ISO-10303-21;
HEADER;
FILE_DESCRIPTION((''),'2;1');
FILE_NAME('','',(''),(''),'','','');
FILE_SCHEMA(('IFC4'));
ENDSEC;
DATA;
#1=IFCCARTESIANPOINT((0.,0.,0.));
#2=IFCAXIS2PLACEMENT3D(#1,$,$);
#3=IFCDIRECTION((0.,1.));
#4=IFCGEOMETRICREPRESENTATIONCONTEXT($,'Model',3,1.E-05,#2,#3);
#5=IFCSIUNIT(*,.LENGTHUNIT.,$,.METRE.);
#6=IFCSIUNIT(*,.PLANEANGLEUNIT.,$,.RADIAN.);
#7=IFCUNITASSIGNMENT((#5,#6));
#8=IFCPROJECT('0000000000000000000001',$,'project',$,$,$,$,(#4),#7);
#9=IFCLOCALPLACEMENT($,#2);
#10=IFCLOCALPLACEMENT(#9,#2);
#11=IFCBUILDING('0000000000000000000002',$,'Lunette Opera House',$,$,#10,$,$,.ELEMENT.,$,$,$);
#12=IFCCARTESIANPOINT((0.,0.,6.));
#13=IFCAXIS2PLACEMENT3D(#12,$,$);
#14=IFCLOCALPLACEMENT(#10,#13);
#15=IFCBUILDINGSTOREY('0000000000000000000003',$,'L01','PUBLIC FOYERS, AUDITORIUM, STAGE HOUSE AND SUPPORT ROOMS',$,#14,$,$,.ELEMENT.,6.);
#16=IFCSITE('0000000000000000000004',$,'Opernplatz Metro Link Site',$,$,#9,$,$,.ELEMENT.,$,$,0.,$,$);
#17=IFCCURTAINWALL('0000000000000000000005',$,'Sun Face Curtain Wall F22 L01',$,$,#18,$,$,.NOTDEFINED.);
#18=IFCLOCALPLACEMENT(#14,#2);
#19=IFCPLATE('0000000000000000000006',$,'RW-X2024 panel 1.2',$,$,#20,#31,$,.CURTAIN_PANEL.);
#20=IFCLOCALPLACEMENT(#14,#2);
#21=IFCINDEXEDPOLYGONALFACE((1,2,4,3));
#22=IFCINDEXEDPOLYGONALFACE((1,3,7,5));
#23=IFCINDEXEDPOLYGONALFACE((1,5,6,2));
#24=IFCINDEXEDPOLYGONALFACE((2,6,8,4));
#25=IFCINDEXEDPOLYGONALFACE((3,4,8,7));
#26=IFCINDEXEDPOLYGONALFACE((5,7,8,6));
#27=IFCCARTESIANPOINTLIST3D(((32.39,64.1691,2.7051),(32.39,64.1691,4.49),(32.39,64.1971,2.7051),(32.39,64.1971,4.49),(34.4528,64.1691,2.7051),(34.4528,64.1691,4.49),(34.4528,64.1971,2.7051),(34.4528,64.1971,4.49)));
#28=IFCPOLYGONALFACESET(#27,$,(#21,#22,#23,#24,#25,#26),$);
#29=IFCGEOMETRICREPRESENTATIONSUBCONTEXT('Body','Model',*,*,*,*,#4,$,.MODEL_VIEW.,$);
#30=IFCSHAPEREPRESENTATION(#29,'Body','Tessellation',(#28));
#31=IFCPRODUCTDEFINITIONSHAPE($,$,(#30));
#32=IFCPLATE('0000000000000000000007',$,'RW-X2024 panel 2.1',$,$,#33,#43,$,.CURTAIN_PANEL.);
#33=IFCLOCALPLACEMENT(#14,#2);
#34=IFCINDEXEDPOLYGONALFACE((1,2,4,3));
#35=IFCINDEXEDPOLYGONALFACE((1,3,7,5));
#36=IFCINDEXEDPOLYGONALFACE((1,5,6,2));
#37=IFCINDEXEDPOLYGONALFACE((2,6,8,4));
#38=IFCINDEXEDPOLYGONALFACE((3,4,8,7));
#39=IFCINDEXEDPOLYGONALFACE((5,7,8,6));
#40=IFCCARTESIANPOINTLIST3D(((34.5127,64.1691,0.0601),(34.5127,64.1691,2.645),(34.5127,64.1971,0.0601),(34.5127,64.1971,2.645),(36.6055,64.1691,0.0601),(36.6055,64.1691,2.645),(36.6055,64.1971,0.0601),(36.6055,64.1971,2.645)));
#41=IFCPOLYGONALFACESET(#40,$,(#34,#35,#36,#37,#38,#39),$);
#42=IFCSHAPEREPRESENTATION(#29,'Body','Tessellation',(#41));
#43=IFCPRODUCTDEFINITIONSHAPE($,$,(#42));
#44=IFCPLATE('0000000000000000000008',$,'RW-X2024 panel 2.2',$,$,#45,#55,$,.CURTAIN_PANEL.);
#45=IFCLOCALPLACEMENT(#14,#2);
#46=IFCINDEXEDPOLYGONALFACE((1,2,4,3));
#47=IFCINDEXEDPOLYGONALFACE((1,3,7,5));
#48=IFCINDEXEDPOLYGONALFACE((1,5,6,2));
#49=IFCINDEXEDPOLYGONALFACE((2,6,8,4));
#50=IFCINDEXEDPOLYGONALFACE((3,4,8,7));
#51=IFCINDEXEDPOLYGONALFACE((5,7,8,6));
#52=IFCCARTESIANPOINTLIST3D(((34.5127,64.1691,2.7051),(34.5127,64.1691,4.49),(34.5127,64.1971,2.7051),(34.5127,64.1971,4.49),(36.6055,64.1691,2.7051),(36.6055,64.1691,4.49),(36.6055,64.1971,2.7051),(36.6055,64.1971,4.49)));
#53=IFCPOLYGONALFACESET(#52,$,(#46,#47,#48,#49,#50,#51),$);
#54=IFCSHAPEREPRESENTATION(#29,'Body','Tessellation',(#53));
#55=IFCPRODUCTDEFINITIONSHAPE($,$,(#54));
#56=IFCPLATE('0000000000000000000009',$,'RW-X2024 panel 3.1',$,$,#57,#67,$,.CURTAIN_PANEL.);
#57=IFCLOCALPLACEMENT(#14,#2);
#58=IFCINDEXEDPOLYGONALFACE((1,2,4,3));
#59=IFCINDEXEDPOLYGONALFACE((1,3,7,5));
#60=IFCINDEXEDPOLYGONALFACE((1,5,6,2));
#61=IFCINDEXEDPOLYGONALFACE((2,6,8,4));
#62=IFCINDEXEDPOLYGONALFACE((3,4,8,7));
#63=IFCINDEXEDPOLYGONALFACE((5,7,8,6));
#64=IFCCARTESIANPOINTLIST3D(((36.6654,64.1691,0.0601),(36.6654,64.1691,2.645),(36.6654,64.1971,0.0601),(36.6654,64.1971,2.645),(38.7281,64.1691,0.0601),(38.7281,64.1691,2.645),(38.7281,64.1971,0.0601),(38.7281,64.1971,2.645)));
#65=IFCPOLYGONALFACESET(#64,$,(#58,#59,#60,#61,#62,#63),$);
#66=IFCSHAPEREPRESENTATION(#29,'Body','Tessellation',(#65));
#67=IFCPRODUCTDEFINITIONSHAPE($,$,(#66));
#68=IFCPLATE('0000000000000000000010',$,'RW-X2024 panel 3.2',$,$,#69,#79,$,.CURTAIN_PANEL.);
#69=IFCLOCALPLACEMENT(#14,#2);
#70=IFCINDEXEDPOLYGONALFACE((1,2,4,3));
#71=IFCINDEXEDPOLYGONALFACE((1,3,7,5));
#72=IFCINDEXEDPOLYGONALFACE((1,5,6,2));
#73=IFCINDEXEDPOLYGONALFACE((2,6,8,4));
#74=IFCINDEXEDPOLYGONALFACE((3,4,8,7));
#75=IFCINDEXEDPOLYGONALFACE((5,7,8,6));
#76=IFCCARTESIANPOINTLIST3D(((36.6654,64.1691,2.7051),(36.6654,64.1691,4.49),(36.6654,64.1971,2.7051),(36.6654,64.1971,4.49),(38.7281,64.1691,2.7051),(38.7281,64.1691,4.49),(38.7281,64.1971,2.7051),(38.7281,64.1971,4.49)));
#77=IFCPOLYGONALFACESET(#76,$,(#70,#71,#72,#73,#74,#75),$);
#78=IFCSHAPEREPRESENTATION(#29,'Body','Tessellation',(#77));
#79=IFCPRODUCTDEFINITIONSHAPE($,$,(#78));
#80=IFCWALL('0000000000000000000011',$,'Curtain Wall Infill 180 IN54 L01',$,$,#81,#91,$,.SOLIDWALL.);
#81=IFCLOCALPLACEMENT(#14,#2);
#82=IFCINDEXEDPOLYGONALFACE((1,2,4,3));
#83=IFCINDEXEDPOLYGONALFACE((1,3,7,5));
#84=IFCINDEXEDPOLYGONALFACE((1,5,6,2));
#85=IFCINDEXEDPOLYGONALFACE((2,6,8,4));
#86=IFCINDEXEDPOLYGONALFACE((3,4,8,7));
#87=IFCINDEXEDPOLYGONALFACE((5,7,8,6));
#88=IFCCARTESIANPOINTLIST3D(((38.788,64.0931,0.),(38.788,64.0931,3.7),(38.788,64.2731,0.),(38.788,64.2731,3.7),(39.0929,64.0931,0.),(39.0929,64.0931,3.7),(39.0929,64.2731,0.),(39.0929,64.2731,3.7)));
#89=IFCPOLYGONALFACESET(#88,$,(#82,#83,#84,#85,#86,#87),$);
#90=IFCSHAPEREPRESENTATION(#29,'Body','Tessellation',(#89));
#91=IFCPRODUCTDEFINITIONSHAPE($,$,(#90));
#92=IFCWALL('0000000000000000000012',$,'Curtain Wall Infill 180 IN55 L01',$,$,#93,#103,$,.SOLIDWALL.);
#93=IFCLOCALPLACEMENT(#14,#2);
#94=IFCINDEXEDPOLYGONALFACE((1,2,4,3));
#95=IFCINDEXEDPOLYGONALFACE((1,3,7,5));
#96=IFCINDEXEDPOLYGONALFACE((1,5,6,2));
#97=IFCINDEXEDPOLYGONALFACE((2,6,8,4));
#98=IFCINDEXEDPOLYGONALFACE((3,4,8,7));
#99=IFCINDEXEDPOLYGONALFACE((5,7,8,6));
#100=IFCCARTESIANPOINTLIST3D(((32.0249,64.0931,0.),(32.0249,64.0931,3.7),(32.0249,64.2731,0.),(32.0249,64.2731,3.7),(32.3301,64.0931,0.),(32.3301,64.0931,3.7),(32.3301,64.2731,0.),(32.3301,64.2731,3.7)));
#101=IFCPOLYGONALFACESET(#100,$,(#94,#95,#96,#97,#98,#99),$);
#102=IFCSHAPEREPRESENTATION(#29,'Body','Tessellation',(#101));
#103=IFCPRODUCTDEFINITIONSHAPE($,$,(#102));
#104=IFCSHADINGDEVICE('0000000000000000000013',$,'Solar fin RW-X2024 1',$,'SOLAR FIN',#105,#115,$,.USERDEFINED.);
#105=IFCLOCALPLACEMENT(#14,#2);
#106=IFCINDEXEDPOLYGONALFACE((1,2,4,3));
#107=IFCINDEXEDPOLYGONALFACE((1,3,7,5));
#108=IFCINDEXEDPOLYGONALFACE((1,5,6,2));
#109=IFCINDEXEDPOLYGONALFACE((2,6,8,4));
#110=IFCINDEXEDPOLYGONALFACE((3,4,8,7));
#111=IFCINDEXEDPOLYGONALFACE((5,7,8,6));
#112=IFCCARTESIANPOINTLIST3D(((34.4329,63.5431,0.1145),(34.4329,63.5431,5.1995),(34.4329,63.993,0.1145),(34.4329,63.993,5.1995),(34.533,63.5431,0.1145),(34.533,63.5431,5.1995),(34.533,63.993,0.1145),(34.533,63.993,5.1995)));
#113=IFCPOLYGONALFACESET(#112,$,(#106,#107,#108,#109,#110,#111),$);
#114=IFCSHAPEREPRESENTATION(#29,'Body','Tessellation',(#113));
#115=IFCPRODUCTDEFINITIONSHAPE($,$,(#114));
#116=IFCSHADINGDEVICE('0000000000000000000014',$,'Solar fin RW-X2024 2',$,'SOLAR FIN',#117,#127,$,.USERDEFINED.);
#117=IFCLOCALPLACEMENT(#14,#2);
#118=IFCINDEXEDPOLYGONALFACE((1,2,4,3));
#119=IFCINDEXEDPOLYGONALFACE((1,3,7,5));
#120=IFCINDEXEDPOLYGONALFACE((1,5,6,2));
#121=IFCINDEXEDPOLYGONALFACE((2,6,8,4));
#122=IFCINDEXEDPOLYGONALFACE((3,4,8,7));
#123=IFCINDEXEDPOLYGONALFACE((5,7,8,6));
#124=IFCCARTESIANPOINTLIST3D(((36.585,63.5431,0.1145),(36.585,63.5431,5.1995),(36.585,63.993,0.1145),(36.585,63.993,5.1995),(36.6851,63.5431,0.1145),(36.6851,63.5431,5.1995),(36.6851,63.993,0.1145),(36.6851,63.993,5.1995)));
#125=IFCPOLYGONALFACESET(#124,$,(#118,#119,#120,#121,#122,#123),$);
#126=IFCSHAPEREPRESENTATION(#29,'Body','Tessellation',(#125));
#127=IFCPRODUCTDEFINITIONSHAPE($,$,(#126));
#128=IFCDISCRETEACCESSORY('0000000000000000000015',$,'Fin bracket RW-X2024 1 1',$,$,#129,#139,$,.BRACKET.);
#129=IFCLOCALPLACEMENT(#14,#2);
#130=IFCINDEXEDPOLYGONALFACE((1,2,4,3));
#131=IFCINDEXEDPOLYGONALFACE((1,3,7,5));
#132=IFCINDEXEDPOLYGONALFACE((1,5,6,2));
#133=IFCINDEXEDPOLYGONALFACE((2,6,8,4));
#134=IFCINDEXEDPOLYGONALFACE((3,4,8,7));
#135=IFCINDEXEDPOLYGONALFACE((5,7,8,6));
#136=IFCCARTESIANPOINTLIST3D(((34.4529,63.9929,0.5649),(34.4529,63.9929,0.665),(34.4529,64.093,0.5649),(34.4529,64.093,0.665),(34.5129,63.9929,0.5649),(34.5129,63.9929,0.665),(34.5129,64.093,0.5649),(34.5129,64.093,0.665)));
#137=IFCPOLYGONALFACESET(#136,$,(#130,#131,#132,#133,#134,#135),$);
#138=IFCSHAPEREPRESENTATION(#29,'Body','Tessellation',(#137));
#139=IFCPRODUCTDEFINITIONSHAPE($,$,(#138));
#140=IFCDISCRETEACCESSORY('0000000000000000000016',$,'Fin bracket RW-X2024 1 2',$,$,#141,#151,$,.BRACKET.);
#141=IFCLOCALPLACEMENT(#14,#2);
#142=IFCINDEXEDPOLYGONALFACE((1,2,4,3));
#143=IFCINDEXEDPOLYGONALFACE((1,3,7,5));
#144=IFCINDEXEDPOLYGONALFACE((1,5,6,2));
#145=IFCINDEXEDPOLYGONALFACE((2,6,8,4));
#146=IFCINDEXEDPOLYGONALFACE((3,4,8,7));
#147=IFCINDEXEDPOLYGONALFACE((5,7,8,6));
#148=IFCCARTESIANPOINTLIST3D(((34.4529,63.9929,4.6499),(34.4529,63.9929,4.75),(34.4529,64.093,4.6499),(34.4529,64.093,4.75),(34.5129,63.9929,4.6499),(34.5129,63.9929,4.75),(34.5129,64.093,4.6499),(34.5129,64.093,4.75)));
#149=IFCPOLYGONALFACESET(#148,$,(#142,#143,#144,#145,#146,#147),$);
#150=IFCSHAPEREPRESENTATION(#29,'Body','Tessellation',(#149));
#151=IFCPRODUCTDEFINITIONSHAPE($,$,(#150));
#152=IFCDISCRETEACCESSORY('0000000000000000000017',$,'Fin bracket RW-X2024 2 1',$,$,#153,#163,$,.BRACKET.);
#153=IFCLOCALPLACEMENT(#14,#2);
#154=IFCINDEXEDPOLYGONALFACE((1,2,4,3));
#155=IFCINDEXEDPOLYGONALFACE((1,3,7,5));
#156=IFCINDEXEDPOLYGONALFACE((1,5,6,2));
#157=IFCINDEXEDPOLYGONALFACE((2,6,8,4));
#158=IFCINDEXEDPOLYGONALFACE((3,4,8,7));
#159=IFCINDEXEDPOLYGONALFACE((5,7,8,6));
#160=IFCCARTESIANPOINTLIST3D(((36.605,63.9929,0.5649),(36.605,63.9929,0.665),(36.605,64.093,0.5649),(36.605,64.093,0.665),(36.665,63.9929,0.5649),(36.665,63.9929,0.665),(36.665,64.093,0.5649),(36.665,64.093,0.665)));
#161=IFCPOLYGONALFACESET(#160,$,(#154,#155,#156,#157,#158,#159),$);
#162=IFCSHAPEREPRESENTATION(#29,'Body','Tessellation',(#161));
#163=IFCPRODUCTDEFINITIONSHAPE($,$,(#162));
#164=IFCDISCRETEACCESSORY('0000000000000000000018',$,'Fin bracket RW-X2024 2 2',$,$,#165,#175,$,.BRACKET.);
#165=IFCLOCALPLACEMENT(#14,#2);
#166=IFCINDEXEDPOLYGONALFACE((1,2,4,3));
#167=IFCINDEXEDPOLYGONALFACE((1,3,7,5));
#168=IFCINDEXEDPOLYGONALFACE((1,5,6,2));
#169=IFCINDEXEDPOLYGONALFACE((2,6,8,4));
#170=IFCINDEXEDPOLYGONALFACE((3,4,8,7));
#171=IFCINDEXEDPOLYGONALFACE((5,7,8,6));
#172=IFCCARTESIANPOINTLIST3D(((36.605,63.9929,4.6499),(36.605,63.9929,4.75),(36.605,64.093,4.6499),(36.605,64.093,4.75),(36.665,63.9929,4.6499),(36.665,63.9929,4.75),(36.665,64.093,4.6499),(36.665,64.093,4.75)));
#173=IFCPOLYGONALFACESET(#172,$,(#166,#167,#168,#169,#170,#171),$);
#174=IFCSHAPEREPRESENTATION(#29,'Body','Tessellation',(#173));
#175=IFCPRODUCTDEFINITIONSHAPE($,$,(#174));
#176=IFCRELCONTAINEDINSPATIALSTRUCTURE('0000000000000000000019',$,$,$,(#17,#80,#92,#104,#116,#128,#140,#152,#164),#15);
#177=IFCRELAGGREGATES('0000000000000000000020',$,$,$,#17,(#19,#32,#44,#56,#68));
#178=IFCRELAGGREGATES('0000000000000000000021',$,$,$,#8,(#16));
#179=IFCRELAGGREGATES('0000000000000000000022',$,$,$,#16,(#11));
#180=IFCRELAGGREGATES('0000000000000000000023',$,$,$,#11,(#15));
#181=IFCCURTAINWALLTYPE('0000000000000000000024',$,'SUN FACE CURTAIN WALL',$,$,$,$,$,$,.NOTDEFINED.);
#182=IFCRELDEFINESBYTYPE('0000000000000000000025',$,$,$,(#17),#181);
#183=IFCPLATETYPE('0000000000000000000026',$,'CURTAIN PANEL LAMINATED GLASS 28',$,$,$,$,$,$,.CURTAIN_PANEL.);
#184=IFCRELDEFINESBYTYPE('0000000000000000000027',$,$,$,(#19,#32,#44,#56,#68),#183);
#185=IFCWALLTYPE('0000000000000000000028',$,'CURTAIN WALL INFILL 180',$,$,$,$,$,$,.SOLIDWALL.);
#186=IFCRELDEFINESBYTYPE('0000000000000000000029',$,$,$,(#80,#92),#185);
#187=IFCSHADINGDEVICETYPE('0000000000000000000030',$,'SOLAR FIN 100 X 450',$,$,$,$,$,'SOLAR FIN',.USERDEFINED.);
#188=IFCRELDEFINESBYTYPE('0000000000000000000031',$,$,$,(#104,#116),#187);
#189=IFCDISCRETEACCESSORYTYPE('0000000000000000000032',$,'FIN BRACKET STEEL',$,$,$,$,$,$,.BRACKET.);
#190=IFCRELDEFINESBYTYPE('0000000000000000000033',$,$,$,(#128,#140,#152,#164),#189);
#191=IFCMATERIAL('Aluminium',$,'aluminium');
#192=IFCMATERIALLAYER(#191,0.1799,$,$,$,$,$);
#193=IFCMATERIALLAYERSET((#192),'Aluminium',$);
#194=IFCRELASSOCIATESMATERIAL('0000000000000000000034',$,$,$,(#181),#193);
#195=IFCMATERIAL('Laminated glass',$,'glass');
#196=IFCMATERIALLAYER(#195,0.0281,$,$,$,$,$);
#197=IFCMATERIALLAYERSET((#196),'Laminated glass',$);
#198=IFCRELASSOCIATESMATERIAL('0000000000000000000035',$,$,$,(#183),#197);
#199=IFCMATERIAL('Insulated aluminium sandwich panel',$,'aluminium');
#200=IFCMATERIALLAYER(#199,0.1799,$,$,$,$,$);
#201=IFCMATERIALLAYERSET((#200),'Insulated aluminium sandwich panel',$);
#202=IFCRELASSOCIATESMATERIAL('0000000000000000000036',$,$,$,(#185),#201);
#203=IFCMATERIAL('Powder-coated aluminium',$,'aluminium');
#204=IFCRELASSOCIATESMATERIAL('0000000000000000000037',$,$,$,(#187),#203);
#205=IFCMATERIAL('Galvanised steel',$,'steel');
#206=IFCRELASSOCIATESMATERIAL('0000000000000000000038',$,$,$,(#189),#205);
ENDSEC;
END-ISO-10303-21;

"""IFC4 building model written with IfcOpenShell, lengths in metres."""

from ifc_helpers import new_model, si_unit, direction, frame, frame_2d, origin, origin_2d, place, context, subcontext, project, spatial, rectangle, extrude, material, layer, layer_set, type_object, element, aggregate, save


model = new_model("IFC4")

# Units and contexts
model_context = context("Model", 3, precision=1e-05, world=origin(), true_north=direction((0.0, 1.0)))
body_context = subcontext(model_context, "Body", "Model", "MODEL_VIEW")
ifc_project = project(units=[si_unit("LENGTHUNIT", "METRE"), si_unit("PLANEANGLEUNIT", "RADIAN")], contexts=[model_context])

# Site, building, storey
site_placement = place(None, origin())
site = spatial("IfcSite", under=ifc_project, at=site_placement, Name="Opernplatz Metro Link Site", CompositionType="ELEMENT", RefElevation=0.0)
building_placement = place(site_placement, origin())
building = spatial("IfcBuilding", under=site, at=building_placement, Name="Lunette Opera House", CompositionType="ELEMENT")
storey_placement = place(building_placement, frame((0.0, 0.0, 6.0)))
storey = spatial("IfcBuildingStorey", under=building, at=storey_placement, Name="L01", Description="PUBLIC FOYERS, AUDITORIUM, STAGE HOUSE AND SUPPORT ROOMS", CompositionType="ELEMENT", Elevation=6.0)

# Curtain wall, plates
ifc_material_1 = material(Name="Aluminium", Category="aluminium")
ifc_layer_1 = layer(ifc_material_1, 0.1799)
ifc_layer_set_1 = layer_set([ifc_layer_1], Name="Aluminium")
curtain_wall_type = type_object("IfcCurtainWallType", Name="SUN FACE CURTAIN WALL", PredefinedType="NOTDEFINED", material=ifc_layer_set_1)
curtain_wall_placement = place(storey_placement, origin())
curtain_wall = element("IfcCurtainWall", 1, at=curtain_wall_placement, inside=storey, type_object=curtain_wall_type, Name="Sun Face Curtain Wall F22 L01", PredefinedType="NOTDEFINED")
ifc_material_2 = material(Name="Laminated glass", Category="glass")
ifc_layer_2 = layer(ifc_material_2, 0.0281)
ifc_layer_set_2 = layer_set([ifc_layer_2], Name="Laminated glass")
plate_type = type_object("IfcPlateType", Name="CURTAIN PANEL LAMINATED GLASS 28", PredefinedType="CURTAIN_PANEL", material=ifc_layer_set_2)
plate_1_placement = place(storey_placement, frame((33.4214, 64.1831, 2.7051), z_axis=(0.0, 0.0, 1.0), x_axis=(1.0, 0.0, 0.0)))
plate_1 = element("IfcPlate", 2, at=plate_1_placement, type_object=plate_type, Name="RW-X2024 panel 1.2", PredefinedType="CURTAIN_PANEL", context=body_context, shape_type="SweptSolid", body=[
    extrude(rectangle(XDim=2.0627, YDim=0.0281, at=origin_2d()), origin(), (0.0, 0.0, 1.0), 1.7849),
])
plate_2_placement = place(storey_placement, frame((35.5591, 64.1831, 0.0601), z_axis=(0.0, 0.0, 1.0), x_axis=(1.0, 0.0, 0.0)))
plate_2 = element("IfcPlate", 3, at=plate_2_placement, type_object=plate_type, Name="RW-X2024 panel 2.1", PredefinedType="CURTAIN_PANEL", context=body_context, shape_type="SweptSolid", body=[
    extrude(rectangle(XDim=2.0928, YDim=0.0281, at=origin_2d()), origin(), (0.0, 0.0, 1.0), 2.585),
])
plate_3_placement = place(storey_placement, frame((35.5591, 64.1831, 2.7051), z_axis=(0.0, 0.0, 1.0), x_axis=(1.0, 0.0, 0.0)))
plate_3 = element("IfcPlate", 4, at=plate_3_placement, type_object=plate_type, Name="RW-X2024 panel 2.2", PredefinedType="CURTAIN_PANEL", context=body_context, shape_type="SweptSolid", body=[
    extrude(rectangle(XDim=2.0928, YDim=0.0281, at=origin_2d()), origin(), (0.0, 0.0, 1.0), 1.7849),
])
plate_4_placement = place(storey_placement, frame((37.6968, 64.1831, 0.0601), z_axis=(0.0, 0.0, 1.0), x_axis=(1.0, 0.0, 0.0)))
plate_4 = element("IfcPlate", 5, at=plate_4_placement, type_object=plate_type, Name="RW-X2024 panel 3.1", PredefinedType="CURTAIN_PANEL", context=body_context, shape_type="SweptSolid", body=[
    extrude(rectangle(XDim=2.0627, YDim=0.0281, at=origin_2d()), origin(), (0.0, 0.0, 1.0), 2.585),
])
plate_5_placement = place(storey_placement, frame((37.6968, 64.1831, 2.7051), z_axis=(0.0, 0.0, 1.0), x_axis=(1.0, 0.0, 0.0)))
plate_5 = element("IfcPlate", 6, at=plate_5_placement, type_object=plate_type, Name="RW-X2024 panel 3.2", PredefinedType="CURTAIN_PANEL", context=body_context, shape_type="SweptSolid", body=[
    extrude(rectangle(XDim=2.0627, YDim=0.0281, at=origin_2d()), origin(), (0.0, 0.0, 1.0), 1.7849),
])
aggregate(curtain_wall, [plate_1, plate_2, plate_3, plate_4, plate_5])

# Walls
ifc_material_3 = material(Name="Insulated aluminium sandwich panel", Category="aluminium")
ifc_layer_3 = layer(ifc_material_3, 0.1799)
ifc_layer_set_3 = layer_set([ifc_layer_3], Name="Insulated aluminium sandwich panel")
wall_type = type_object("IfcWallType", Name="CURTAIN WALL INFILL 180", PredefinedType="SOLIDWALL", material=ifc_layer_set_3)
wall_1_placement = place(storey_placement, frame((38.7881, 64.1831, 0.0), z_axis=(0.0, 0.0, 1.0), x_axis=(1.0, 0.0, 0.0)))
element("IfcWall", 7, at=wall_1_placement, inside=storey, type_object=wall_type, Name="Curtain Wall Infill 180 IN54 L01", PredefinedType="SOLIDWALL", context=body_context, shape_type="SweptSolid", body=[
    extrude(rectangle(XDim=0.3049, YDim=0.1799, at=frame_2d((0.1523, 0.0))), origin(), (0.0, 0.0, 1.0), 3.7),
])
wall_2_placement = place(storey_placement, frame((32.3301, 64.1831, 0.0), z_axis=(0.0, 0.0, 1.0), x_axis=(-1.0, 0.0, 0.0)))
element("IfcWall", 8, at=wall_2_placement, inside=storey, type_object=wall_type, Name="Curtain Wall Infill 180 IN55 L01", PredefinedType="SOLIDWALL", context=body_context, shape_type="SweptSolid", body=[
    extrude(rectangle(XDim=0.3052, YDim=0.1799, at=frame_2d((0.1526, 0.0))), origin(), (0.0, 0.0, 1.0), 3.7),
])

# Shading devices
ifc_material_4 = material(Name="Powder-coated aluminium", Category="aluminium")
shading_device_type = type_object("IfcShadingDeviceType", Name="SOLAR FIN 100 X 450", ElementType="SOLAR FIN", PredefinedType="USERDEFINED", material=ifc_material_4)
for number, where, z_axis, x_axis, name in (
    (9, (34.4829, 63.7681, 0.1145), (0.0, 0.0, 1.0), (0.0, -1.0, 0.0), "Solar fin RW-X2024 1"),
    (10, (36.635, 63.7681, 0.1145), (0.0, 0.0, 1.0), (0.0, -1.0, 0.0), "Solar fin RW-X2024 2"),
):
    element("IfcShadingDevice", number, at=place(storey_placement, frame(where, z_axis=z_axis, x_axis=x_axis)), inside=storey, type_object=shading_device_type, Name=name, ObjectType="SOLAR FIN", PredefinedType="USERDEFINED", context=body_context, shape_type="SweptSolid", body=[
        extrude(rectangle(XDim=0.45, YDim=0.1001, at=origin_2d()), origin(), (0.0, 0.0, 1.0), 5.085),
    ])

# Discrete accessories
ifc_material_5 = material(Name="Galvanised steel", Category="steel")
discrete_accessory_type = type_object("IfcDiscreteAccessoryType", Name="FIN BRACKET STEEL", PredefinedType="BRACKET", material=ifc_material_5)
for number, where, z_axis, x_axis, name in (
    (11, (34.4829, 64.043, 0.5649), (0.0, 0.0, 1.0), (0.0, -1.0, 0.0), "Fin bracket RW-X2024 1 1"),
    (12, (34.4829, 64.043, 4.6499), (0.0, 0.0, 1.0), (0.0, -1.0, 0.0), "Fin bracket RW-X2024 1 2"),
    (13, (36.635, 64.043, 0.5649), (0.0, 0.0, 1.0), (0.0, -1.0, 0.0), "Fin bracket RW-X2024 2 1"),
    (14, (36.635, 64.043, 4.6499), (0.0, 0.0, 1.0), (0.0, -1.0, 0.0), "Fin bracket RW-X2024 2 2"),
):
    element("IfcDiscreteAccessory", number, at=place(storey_placement, frame(where, z_axis=z_axis, x_axis=x_axis)), inside=storey, type_object=discrete_accessory_type, Name=name, PredefinedType="BRACKET", context=body_context, shape_type="SweptSolid", body=[
        extrude(rectangle(XDim=0.1001, YDim=0.0601, at=origin_2d()), origin(), (0.0, 0.0, 1.0), 0.1001),
    ])

save(model, "model.ifc")
